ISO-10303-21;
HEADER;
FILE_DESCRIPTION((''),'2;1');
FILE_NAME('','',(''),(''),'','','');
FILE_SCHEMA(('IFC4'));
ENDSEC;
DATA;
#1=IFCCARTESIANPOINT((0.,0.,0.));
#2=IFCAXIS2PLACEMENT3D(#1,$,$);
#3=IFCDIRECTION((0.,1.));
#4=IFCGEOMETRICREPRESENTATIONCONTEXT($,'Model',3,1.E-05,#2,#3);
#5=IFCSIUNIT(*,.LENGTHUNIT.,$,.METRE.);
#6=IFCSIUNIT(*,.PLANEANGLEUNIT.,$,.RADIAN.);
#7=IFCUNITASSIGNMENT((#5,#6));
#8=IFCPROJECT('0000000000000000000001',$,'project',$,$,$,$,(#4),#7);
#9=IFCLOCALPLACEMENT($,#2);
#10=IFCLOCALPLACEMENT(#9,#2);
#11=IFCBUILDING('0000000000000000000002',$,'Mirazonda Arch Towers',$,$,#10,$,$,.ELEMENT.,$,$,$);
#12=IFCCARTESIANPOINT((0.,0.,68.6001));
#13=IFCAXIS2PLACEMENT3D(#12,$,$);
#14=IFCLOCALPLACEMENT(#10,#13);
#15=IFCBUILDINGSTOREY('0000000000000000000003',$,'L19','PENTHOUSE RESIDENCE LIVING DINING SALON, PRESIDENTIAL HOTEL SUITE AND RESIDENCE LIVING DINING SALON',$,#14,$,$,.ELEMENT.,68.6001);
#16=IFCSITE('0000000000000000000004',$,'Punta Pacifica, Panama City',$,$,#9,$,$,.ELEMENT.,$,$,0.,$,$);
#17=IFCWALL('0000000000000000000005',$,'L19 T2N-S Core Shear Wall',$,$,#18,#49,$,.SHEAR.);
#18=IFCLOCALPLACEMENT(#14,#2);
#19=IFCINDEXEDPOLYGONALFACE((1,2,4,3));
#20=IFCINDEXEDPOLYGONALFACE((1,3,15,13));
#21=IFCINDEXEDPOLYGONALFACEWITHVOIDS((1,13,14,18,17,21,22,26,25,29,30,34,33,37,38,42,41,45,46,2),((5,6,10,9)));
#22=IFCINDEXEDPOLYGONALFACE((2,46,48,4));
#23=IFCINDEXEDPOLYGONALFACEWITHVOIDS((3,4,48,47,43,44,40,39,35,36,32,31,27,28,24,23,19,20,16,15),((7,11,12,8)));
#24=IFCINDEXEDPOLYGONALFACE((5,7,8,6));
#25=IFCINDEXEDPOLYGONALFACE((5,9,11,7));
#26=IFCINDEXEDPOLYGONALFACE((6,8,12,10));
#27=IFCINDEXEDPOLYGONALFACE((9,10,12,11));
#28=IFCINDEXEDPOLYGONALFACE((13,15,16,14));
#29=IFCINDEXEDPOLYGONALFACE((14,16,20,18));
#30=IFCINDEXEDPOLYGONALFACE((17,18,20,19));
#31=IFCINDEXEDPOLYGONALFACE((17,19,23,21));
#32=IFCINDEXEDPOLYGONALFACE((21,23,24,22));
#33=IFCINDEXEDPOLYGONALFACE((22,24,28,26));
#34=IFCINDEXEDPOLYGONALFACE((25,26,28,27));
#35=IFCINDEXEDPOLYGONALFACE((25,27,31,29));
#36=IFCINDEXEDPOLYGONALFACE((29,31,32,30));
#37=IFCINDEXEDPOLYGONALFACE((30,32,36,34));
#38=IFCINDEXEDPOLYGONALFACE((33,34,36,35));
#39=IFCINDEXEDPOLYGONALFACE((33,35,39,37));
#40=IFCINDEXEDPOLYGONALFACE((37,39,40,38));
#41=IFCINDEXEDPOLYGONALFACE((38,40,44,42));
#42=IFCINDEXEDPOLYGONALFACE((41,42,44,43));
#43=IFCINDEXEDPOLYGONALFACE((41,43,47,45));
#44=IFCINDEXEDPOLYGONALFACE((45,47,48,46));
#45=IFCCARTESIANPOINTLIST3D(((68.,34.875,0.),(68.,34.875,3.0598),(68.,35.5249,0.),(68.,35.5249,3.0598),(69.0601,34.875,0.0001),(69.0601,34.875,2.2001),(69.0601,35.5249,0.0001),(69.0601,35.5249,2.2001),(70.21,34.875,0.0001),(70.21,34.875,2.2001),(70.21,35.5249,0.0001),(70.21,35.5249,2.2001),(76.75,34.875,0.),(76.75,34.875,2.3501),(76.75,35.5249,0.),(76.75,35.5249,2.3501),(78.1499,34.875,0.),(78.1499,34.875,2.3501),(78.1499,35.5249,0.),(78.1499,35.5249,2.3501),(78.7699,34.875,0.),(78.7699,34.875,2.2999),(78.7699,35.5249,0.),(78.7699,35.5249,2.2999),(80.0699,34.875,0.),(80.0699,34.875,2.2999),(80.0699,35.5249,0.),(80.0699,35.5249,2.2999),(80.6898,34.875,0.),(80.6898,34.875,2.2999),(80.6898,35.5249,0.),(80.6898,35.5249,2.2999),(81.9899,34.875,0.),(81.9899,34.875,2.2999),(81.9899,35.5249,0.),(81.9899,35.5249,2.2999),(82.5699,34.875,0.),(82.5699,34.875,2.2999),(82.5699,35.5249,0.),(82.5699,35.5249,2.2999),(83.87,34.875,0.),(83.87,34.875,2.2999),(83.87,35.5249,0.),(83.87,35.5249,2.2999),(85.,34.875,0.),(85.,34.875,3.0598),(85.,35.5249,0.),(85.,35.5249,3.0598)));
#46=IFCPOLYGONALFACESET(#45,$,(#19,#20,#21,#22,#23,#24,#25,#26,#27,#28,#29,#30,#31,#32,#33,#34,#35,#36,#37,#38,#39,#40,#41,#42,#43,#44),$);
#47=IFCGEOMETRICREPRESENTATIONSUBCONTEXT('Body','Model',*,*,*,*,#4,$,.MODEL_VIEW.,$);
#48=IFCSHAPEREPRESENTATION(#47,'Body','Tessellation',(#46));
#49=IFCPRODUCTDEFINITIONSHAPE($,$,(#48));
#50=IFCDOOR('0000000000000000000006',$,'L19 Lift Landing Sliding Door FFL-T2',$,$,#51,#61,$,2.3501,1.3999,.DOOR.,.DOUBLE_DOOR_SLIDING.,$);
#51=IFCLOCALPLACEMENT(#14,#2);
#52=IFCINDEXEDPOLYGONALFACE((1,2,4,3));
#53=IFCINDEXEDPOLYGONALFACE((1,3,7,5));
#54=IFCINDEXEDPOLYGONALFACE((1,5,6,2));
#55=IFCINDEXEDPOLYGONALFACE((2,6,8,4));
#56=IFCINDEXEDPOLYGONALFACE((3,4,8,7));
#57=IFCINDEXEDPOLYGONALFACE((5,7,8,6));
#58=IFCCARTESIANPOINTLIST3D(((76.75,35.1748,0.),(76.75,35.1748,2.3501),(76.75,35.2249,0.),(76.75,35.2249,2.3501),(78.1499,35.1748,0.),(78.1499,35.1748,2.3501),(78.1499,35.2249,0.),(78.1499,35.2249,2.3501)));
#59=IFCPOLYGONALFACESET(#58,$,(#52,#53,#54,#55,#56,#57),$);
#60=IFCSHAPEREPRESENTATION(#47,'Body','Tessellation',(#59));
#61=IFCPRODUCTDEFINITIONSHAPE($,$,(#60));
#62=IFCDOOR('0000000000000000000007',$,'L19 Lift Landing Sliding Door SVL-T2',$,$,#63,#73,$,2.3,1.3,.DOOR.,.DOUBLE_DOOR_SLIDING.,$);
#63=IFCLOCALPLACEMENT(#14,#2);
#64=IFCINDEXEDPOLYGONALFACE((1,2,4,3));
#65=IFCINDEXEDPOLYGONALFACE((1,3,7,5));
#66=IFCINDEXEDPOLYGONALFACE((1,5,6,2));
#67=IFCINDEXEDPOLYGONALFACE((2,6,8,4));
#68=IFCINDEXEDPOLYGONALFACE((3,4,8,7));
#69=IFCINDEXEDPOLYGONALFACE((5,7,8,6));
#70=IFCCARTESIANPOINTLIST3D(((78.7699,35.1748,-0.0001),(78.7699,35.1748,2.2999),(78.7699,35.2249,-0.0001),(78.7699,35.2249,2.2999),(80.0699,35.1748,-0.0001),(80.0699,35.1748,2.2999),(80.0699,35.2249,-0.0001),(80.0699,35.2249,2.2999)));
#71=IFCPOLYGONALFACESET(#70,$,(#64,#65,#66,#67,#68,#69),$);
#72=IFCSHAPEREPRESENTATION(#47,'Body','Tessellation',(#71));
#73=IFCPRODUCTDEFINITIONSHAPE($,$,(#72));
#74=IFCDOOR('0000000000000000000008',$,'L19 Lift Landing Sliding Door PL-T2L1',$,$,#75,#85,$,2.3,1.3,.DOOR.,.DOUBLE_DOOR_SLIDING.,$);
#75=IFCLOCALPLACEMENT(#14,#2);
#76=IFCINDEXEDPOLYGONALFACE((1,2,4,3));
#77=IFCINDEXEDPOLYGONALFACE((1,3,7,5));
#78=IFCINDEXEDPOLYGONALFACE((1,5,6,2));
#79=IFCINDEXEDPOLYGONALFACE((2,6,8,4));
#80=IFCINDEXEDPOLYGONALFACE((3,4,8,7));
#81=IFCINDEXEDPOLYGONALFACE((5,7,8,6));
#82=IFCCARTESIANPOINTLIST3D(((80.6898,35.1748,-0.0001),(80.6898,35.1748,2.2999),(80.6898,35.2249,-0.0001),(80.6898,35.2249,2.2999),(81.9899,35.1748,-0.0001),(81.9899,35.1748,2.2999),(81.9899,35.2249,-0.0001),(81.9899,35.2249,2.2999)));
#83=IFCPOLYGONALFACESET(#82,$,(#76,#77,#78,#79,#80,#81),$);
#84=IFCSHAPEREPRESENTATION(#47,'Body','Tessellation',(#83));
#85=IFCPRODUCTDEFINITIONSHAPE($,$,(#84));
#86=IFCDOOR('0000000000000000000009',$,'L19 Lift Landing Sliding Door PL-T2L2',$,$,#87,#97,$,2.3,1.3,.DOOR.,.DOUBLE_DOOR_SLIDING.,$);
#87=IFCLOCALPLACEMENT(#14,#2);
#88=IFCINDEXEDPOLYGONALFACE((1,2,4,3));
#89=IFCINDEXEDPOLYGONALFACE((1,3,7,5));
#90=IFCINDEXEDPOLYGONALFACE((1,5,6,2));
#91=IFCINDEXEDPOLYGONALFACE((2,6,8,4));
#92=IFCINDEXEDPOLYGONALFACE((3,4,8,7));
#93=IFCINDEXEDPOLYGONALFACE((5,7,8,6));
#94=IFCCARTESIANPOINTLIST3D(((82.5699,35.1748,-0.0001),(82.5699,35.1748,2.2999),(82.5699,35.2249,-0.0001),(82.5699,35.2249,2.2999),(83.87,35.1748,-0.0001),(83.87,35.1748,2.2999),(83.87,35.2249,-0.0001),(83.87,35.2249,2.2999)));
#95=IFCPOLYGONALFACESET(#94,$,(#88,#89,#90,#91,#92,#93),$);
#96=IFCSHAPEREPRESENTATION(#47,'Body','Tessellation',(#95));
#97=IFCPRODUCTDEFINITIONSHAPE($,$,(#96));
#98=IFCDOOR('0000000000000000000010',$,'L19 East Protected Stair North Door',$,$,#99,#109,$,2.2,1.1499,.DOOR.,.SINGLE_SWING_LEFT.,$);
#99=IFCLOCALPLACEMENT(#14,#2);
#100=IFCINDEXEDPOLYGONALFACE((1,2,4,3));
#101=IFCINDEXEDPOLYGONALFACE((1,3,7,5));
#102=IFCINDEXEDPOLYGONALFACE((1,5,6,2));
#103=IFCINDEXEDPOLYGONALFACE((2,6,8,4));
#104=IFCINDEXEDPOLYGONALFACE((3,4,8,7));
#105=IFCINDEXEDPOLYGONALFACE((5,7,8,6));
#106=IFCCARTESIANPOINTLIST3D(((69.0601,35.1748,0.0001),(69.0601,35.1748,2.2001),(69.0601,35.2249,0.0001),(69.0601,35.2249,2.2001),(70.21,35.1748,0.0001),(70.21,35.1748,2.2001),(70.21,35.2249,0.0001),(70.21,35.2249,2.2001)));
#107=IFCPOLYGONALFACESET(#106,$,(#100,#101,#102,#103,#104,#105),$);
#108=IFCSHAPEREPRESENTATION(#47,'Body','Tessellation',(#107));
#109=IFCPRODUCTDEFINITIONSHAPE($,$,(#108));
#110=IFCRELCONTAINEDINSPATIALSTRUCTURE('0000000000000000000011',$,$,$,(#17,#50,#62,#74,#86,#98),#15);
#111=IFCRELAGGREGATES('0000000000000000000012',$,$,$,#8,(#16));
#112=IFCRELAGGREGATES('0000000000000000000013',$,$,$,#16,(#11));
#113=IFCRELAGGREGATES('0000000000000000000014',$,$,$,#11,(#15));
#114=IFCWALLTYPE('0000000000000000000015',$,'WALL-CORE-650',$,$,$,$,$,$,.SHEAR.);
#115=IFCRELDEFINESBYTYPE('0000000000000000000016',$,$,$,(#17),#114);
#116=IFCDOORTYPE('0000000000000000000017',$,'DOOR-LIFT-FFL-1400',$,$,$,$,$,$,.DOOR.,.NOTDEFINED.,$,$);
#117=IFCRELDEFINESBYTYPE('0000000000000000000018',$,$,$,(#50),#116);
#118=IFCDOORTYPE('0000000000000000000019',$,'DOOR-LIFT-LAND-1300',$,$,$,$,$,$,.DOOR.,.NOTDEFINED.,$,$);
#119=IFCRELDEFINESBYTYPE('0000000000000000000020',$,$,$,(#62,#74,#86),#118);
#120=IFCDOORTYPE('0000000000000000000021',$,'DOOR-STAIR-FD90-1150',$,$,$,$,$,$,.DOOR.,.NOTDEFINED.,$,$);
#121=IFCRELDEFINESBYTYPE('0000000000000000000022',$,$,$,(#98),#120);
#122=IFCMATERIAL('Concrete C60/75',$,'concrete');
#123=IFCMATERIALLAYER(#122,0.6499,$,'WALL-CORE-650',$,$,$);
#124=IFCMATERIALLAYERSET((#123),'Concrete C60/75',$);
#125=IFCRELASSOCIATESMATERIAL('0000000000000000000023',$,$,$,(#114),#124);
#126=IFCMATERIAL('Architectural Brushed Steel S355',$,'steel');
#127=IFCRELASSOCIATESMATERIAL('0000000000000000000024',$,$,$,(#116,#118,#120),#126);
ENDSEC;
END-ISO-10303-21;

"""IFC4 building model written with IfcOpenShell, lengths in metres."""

from ifc_helpers import new_model, si_unit, direction, frame, frame_2d, origin, place, context, subcontext, project, spatial, rectangle, extrude, material, layer, layer_set, type_object, element, fill, save


model = new_model("IFC4")

# Units and contexts
model_context = context("Model", 3, precision=1e-05, world=origin(), true_north=direction((0.0, 1.0)))
body_context = subcontext(model_context, "Body", "Model", "MODEL_VIEW")
ifc_project = project(units=[si_unit("LENGTHUNIT", "METRE"), si_unit("PLANEANGLEUNIT", "RADIAN")], contexts=[model_context])

# Site, building, storey
site_placement = place(None, origin())
site = spatial("IfcSite", under=ifc_project, at=site_placement, Name="Punta Pacifica, Panama City", CompositionType="ELEMENT", RefElevation=0.0)
building_placement = place(site_placement, origin())
building = spatial("IfcBuilding", under=site, at=building_placement, Name="Mirazonda Arch Towers", CompositionType="ELEMENT")
storey_placement = place(building_placement, frame((0.0, 0.0, 68.6001)))
storey = spatial("IfcBuildingStorey", under=building, at=storey_placement, Name="L19", Description="PENTHOUSE RESIDENCE LIVING DINING SALON, PRESIDENTIAL HOTEL SUITE AND RESIDENCE LIVING DINING SALON", CompositionType="ELEMENT", Elevation=68.6001)

# Shared definitions
ifc_material_1 = material(Name="Concrete C60/75", Category="concrete")

# Shared definitions
ifc_layer_1 = layer(ifc_material_1, 0.6499, Name="WALL-CORE-650")
ifc_layer_set_1 = layer_set([ifc_layer_1], Name="Concrete C60/75")
wall_type_1 = type_object("IfcWallType", Name="WALL-CORE-650", PredefinedType="SHEAR", material=ifc_layer_set_1)

# Wall, openings, doors
wall_1_placement = place(storey_placement, frame((68.0, 35.2, 0.0), z_axis=(0.0, 0.0, 1.0), x_axis=(1.0, 0.0, 0.0)))
wall_1 = element("IfcWall", 1, at=wall_1_placement, inside=storey, type_object=wall_type_1, Name="L19 T2N-S Core Shear Wall", PredefinedType="SHEAR", context=body_context, shape_type="SweptSolid", body=[
    extrude(rectangle(XDim=17.0, YDim=0.6499, at=frame_2d((8.5, 0.0))), origin(), (0.0, 0.0, 1.0), 3.0598),
])
opening_1_placement = place(wall_1_placement, frame((1.0601, 0.0, 0.0)))
opening_1 = element("IfcOpeningElement", 2, at=opening_1_placement, cuts=wall_1, PredefinedType="OPENING", context=body_context, shape_type="SweptSolid", body=[
    extrude(rectangle(XDim=1.1499, YDim=2.2, at=frame_2d((0.575, 1.1001))), frame((0.0, 0.335, 0.0), z_axis=(0.0, -1.0, 0.0), x_axis=(1.0, 0.0, 0.0)), (0.0, 0.0, 1.0), 0.6699),
])
opening_2_placement = place(wall_1_placement, frame((8.75, 0.0, 0.0)))
opening_2 = element("IfcOpeningElement", 3, at=opening_2_placement, cuts=wall_1, PredefinedType="OPENING", context=body_context, shape_type="SweptSolid", body=[
    extrude(rectangle(XDim=1.3999, YDim=2.3501, at=frame_2d((0.7, 1.175))), frame((0.0, 0.335, 0.0), z_axis=(0.0, -1.0, 0.0), x_axis=(1.0, 0.0, 0.0)), (0.0, 0.0, 1.0), 0.6699),
])
opening_3_placement = place(wall_1_placement, frame((10.77, 0.0, 0.0)))
opening_3 = element("IfcOpeningElement", 4, at=opening_3_placement, cuts=wall_1, PredefinedType="OPENING", context=body_context, shape_type="SweptSolid", body=[
    extrude(rectangle(XDim=1.3, YDim=2.3, at=frame_2d((0.6499, 1.1499))), frame((0.0, 0.335, 0.0), z_axis=(0.0, -1.0, 0.0), x_axis=(1.0, 0.0, 0.0)), (0.0, 0.0, 1.0), 0.6699),
])
opening_4_placement = place(wall_1_placement, frame((12.6899, 0.0, 0.0)))
opening_4 = element("IfcOpeningElement", 5, at=opening_4_placement, cuts=wall_1, PredefinedType="OPENING", context=body_context, shape_type="SweptSolid", body=[
    extrude(rectangle(XDim=1.3, YDim=2.3, at=frame_2d((0.6499, 1.1499))), frame((0.0, 0.335, 0.0), z_axis=(0.0, -1.0, 0.0), x_axis=(1.0, 0.0, 0.0)), (0.0, 0.0, 1.0), 0.6699),
])
opening_5_placement = place(wall_1_placement, frame((14.5701, 0.0, 0.0)))
opening_5 = element("IfcOpeningElement", 6, at=opening_5_placement, cuts=wall_1, PredefinedType="OPENING", context=body_context, shape_type="SweptSolid", body=[
    extrude(rectangle(XDim=1.3, YDim=2.3, at=frame_2d((0.6499, 1.1499))), frame((0.0, 0.335, 0.0), z_axis=(0.0, -1.0, 0.0), x_axis=(1.0, 0.0, 0.0)), (0.0, 0.0, 1.0), 0.6699),
])
ifc_material_2 = material(Name="Architectural Brushed Steel S355", Category="steel")
door_type_1 = type_object("IfcDoorType", Name="DOOR-LIFT-FFL-1400", OperationType="NOTDEFINED", PredefinedType="DOOR", material=ifc_material_2)
door_1_placement = place(opening_2_placement, origin())
door_1 = element("IfcDoor", 7, at=door_1_placement, inside=storey, type_object=door_type_1, Name="L19 Lift Landing Sliding Door FFL-T2", OperationType="DOUBLE_DOOR_SLIDING", OverallHeight=2.3501, OverallWidth=1.3999, PredefinedType="DOOR", context=body_context, shape_type="SweptSolid", body=[
    extrude(rectangle(XDim=1.3999, YDim=2.3501, at=frame_2d((0.7, 1.175))), frame((0.0, 0.0249, 0.0), z_axis=(0.0, -1.0, 0.0), x_axis=(1.0, 0.0, 0.0)), (0.0, 0.0, 1.0), 0.05),
])
fill(opening_2, door_1)
door_type_2 = type_object("IfcDoorType", Name="DOOR-LIFT-LAND-1300", OperationType="NOTDEFINED", PredefinedType="DOOR", material=ifc_material_2)
door_2_placement = place(opening_3_placement, origin())
door_2 = element("IfcDoor", 8, at=door_2_placement, inside=storey, type_object=door_type_2, Name="L19 Lift Landing Sliding Door SVL-T2", OperationType="DOUBLE_DOOR_SLIDING", OverallHeight=2.3, OverallWidth=1.3, PredefinedType="DOOR", context=body_context, shape_type="SweptSolid", body=[
    extrude(rectangle(XDim=1.3, YDim=2.3, at=frame_2d((0.6499, 1.1499))), frame((0.0, 0.0249, 0.0), z_axis=(0.0, -1.0, 0.0), x_axis=(1.0, 0.0, 0.0)), (0.0, 0.0, 1.0), 0.05),
])
fill(opening_3, door_2)
door_3_placement = place(opening_4_placement, origin())
door_3 = element("IfcDoor", 9, at=door_3_placement, inside=storey, type_object=door_type_2, Name="L19 Lift Landing Sliding Door PL-T2L1", OperationType="DOUBLE_DOOR_SLIDING", OverallHeight=2.3, OverallWidth=1.3, PredefinedType="DOOR", context=body_context, shape_type="SweptSolid", body=[
    extrude(rectangle(XDim=1.3, YDim=2.3, at=frame_2d((0.6499, 1.1499))), frame((0.0, 0.0249, 0.0), z_axis=(0.0, -1.0, 0.0), x_axis=(1.0, 0.0, 0.0)), (0.0, 0.0, 1.0), 0.05),
])
fill(opening_4, door_3)
door_4_placement = place(opening_5_placement, origin())
door_4 = element("IfcDoor", 10, at=door_4_placement, inside=storey, type_object=door_type_2, Name="L19 Lift Landing Sliding Door PL-T2L2", OperationType="DOUBLE_DOOR_SLIDING", OverallHeight=2.3, OverallWidth=1.3, PredefinedType="DOOR", context=body_context, shape_type="SweptSolid", body=[
    extrude(rectangle(XDim=1.3, YDim=2.3, at=frame_2d((0.6499, 1.1499))), frame((0.0, 0.0249, 0.0), z_axis=(0.0, -1.0, 0.0), x_axis=(1.0, 0.0, 0.0)), (0.0, 0.0, 1.0), 0.05),
])
fill(opening_5, door_4)
door_type_3 = type_object("IfcDoorType", Name="DOOR-STAIR-FD90-1150", OperationType="NOTDEFINED", PredefinedType="DOOR", material=ifc_material_2)
door_5_placement = place(opening_1_placement, origin())
door_5 = element("IfcDoor", 11, at=door_5_placement, inside=storey, type_object=door_type_3, Name="L19 East Protected Stair North Door", OperationType="SINGLE_SWING_LEFT", OverallHeight=2.2, OverallWidth=1.1499, PredefinedType="DOOR", context=body_context, shape_type="SweptSolid", body=[
    extrude(rectangle(XDim=1.1499, YDim=2.2, at=frame_2d((0.575, 1.1001))), frame((0.0, 0.0249, 0.0), z_axis=(0.0, -1.0, 0.0), x_axis=(1.0, 0.0, 0.0)), (0.0, 0.0, 1.0), 0.05),
])
fill(opening_1, door_5)

save(model, "model.ifc")
